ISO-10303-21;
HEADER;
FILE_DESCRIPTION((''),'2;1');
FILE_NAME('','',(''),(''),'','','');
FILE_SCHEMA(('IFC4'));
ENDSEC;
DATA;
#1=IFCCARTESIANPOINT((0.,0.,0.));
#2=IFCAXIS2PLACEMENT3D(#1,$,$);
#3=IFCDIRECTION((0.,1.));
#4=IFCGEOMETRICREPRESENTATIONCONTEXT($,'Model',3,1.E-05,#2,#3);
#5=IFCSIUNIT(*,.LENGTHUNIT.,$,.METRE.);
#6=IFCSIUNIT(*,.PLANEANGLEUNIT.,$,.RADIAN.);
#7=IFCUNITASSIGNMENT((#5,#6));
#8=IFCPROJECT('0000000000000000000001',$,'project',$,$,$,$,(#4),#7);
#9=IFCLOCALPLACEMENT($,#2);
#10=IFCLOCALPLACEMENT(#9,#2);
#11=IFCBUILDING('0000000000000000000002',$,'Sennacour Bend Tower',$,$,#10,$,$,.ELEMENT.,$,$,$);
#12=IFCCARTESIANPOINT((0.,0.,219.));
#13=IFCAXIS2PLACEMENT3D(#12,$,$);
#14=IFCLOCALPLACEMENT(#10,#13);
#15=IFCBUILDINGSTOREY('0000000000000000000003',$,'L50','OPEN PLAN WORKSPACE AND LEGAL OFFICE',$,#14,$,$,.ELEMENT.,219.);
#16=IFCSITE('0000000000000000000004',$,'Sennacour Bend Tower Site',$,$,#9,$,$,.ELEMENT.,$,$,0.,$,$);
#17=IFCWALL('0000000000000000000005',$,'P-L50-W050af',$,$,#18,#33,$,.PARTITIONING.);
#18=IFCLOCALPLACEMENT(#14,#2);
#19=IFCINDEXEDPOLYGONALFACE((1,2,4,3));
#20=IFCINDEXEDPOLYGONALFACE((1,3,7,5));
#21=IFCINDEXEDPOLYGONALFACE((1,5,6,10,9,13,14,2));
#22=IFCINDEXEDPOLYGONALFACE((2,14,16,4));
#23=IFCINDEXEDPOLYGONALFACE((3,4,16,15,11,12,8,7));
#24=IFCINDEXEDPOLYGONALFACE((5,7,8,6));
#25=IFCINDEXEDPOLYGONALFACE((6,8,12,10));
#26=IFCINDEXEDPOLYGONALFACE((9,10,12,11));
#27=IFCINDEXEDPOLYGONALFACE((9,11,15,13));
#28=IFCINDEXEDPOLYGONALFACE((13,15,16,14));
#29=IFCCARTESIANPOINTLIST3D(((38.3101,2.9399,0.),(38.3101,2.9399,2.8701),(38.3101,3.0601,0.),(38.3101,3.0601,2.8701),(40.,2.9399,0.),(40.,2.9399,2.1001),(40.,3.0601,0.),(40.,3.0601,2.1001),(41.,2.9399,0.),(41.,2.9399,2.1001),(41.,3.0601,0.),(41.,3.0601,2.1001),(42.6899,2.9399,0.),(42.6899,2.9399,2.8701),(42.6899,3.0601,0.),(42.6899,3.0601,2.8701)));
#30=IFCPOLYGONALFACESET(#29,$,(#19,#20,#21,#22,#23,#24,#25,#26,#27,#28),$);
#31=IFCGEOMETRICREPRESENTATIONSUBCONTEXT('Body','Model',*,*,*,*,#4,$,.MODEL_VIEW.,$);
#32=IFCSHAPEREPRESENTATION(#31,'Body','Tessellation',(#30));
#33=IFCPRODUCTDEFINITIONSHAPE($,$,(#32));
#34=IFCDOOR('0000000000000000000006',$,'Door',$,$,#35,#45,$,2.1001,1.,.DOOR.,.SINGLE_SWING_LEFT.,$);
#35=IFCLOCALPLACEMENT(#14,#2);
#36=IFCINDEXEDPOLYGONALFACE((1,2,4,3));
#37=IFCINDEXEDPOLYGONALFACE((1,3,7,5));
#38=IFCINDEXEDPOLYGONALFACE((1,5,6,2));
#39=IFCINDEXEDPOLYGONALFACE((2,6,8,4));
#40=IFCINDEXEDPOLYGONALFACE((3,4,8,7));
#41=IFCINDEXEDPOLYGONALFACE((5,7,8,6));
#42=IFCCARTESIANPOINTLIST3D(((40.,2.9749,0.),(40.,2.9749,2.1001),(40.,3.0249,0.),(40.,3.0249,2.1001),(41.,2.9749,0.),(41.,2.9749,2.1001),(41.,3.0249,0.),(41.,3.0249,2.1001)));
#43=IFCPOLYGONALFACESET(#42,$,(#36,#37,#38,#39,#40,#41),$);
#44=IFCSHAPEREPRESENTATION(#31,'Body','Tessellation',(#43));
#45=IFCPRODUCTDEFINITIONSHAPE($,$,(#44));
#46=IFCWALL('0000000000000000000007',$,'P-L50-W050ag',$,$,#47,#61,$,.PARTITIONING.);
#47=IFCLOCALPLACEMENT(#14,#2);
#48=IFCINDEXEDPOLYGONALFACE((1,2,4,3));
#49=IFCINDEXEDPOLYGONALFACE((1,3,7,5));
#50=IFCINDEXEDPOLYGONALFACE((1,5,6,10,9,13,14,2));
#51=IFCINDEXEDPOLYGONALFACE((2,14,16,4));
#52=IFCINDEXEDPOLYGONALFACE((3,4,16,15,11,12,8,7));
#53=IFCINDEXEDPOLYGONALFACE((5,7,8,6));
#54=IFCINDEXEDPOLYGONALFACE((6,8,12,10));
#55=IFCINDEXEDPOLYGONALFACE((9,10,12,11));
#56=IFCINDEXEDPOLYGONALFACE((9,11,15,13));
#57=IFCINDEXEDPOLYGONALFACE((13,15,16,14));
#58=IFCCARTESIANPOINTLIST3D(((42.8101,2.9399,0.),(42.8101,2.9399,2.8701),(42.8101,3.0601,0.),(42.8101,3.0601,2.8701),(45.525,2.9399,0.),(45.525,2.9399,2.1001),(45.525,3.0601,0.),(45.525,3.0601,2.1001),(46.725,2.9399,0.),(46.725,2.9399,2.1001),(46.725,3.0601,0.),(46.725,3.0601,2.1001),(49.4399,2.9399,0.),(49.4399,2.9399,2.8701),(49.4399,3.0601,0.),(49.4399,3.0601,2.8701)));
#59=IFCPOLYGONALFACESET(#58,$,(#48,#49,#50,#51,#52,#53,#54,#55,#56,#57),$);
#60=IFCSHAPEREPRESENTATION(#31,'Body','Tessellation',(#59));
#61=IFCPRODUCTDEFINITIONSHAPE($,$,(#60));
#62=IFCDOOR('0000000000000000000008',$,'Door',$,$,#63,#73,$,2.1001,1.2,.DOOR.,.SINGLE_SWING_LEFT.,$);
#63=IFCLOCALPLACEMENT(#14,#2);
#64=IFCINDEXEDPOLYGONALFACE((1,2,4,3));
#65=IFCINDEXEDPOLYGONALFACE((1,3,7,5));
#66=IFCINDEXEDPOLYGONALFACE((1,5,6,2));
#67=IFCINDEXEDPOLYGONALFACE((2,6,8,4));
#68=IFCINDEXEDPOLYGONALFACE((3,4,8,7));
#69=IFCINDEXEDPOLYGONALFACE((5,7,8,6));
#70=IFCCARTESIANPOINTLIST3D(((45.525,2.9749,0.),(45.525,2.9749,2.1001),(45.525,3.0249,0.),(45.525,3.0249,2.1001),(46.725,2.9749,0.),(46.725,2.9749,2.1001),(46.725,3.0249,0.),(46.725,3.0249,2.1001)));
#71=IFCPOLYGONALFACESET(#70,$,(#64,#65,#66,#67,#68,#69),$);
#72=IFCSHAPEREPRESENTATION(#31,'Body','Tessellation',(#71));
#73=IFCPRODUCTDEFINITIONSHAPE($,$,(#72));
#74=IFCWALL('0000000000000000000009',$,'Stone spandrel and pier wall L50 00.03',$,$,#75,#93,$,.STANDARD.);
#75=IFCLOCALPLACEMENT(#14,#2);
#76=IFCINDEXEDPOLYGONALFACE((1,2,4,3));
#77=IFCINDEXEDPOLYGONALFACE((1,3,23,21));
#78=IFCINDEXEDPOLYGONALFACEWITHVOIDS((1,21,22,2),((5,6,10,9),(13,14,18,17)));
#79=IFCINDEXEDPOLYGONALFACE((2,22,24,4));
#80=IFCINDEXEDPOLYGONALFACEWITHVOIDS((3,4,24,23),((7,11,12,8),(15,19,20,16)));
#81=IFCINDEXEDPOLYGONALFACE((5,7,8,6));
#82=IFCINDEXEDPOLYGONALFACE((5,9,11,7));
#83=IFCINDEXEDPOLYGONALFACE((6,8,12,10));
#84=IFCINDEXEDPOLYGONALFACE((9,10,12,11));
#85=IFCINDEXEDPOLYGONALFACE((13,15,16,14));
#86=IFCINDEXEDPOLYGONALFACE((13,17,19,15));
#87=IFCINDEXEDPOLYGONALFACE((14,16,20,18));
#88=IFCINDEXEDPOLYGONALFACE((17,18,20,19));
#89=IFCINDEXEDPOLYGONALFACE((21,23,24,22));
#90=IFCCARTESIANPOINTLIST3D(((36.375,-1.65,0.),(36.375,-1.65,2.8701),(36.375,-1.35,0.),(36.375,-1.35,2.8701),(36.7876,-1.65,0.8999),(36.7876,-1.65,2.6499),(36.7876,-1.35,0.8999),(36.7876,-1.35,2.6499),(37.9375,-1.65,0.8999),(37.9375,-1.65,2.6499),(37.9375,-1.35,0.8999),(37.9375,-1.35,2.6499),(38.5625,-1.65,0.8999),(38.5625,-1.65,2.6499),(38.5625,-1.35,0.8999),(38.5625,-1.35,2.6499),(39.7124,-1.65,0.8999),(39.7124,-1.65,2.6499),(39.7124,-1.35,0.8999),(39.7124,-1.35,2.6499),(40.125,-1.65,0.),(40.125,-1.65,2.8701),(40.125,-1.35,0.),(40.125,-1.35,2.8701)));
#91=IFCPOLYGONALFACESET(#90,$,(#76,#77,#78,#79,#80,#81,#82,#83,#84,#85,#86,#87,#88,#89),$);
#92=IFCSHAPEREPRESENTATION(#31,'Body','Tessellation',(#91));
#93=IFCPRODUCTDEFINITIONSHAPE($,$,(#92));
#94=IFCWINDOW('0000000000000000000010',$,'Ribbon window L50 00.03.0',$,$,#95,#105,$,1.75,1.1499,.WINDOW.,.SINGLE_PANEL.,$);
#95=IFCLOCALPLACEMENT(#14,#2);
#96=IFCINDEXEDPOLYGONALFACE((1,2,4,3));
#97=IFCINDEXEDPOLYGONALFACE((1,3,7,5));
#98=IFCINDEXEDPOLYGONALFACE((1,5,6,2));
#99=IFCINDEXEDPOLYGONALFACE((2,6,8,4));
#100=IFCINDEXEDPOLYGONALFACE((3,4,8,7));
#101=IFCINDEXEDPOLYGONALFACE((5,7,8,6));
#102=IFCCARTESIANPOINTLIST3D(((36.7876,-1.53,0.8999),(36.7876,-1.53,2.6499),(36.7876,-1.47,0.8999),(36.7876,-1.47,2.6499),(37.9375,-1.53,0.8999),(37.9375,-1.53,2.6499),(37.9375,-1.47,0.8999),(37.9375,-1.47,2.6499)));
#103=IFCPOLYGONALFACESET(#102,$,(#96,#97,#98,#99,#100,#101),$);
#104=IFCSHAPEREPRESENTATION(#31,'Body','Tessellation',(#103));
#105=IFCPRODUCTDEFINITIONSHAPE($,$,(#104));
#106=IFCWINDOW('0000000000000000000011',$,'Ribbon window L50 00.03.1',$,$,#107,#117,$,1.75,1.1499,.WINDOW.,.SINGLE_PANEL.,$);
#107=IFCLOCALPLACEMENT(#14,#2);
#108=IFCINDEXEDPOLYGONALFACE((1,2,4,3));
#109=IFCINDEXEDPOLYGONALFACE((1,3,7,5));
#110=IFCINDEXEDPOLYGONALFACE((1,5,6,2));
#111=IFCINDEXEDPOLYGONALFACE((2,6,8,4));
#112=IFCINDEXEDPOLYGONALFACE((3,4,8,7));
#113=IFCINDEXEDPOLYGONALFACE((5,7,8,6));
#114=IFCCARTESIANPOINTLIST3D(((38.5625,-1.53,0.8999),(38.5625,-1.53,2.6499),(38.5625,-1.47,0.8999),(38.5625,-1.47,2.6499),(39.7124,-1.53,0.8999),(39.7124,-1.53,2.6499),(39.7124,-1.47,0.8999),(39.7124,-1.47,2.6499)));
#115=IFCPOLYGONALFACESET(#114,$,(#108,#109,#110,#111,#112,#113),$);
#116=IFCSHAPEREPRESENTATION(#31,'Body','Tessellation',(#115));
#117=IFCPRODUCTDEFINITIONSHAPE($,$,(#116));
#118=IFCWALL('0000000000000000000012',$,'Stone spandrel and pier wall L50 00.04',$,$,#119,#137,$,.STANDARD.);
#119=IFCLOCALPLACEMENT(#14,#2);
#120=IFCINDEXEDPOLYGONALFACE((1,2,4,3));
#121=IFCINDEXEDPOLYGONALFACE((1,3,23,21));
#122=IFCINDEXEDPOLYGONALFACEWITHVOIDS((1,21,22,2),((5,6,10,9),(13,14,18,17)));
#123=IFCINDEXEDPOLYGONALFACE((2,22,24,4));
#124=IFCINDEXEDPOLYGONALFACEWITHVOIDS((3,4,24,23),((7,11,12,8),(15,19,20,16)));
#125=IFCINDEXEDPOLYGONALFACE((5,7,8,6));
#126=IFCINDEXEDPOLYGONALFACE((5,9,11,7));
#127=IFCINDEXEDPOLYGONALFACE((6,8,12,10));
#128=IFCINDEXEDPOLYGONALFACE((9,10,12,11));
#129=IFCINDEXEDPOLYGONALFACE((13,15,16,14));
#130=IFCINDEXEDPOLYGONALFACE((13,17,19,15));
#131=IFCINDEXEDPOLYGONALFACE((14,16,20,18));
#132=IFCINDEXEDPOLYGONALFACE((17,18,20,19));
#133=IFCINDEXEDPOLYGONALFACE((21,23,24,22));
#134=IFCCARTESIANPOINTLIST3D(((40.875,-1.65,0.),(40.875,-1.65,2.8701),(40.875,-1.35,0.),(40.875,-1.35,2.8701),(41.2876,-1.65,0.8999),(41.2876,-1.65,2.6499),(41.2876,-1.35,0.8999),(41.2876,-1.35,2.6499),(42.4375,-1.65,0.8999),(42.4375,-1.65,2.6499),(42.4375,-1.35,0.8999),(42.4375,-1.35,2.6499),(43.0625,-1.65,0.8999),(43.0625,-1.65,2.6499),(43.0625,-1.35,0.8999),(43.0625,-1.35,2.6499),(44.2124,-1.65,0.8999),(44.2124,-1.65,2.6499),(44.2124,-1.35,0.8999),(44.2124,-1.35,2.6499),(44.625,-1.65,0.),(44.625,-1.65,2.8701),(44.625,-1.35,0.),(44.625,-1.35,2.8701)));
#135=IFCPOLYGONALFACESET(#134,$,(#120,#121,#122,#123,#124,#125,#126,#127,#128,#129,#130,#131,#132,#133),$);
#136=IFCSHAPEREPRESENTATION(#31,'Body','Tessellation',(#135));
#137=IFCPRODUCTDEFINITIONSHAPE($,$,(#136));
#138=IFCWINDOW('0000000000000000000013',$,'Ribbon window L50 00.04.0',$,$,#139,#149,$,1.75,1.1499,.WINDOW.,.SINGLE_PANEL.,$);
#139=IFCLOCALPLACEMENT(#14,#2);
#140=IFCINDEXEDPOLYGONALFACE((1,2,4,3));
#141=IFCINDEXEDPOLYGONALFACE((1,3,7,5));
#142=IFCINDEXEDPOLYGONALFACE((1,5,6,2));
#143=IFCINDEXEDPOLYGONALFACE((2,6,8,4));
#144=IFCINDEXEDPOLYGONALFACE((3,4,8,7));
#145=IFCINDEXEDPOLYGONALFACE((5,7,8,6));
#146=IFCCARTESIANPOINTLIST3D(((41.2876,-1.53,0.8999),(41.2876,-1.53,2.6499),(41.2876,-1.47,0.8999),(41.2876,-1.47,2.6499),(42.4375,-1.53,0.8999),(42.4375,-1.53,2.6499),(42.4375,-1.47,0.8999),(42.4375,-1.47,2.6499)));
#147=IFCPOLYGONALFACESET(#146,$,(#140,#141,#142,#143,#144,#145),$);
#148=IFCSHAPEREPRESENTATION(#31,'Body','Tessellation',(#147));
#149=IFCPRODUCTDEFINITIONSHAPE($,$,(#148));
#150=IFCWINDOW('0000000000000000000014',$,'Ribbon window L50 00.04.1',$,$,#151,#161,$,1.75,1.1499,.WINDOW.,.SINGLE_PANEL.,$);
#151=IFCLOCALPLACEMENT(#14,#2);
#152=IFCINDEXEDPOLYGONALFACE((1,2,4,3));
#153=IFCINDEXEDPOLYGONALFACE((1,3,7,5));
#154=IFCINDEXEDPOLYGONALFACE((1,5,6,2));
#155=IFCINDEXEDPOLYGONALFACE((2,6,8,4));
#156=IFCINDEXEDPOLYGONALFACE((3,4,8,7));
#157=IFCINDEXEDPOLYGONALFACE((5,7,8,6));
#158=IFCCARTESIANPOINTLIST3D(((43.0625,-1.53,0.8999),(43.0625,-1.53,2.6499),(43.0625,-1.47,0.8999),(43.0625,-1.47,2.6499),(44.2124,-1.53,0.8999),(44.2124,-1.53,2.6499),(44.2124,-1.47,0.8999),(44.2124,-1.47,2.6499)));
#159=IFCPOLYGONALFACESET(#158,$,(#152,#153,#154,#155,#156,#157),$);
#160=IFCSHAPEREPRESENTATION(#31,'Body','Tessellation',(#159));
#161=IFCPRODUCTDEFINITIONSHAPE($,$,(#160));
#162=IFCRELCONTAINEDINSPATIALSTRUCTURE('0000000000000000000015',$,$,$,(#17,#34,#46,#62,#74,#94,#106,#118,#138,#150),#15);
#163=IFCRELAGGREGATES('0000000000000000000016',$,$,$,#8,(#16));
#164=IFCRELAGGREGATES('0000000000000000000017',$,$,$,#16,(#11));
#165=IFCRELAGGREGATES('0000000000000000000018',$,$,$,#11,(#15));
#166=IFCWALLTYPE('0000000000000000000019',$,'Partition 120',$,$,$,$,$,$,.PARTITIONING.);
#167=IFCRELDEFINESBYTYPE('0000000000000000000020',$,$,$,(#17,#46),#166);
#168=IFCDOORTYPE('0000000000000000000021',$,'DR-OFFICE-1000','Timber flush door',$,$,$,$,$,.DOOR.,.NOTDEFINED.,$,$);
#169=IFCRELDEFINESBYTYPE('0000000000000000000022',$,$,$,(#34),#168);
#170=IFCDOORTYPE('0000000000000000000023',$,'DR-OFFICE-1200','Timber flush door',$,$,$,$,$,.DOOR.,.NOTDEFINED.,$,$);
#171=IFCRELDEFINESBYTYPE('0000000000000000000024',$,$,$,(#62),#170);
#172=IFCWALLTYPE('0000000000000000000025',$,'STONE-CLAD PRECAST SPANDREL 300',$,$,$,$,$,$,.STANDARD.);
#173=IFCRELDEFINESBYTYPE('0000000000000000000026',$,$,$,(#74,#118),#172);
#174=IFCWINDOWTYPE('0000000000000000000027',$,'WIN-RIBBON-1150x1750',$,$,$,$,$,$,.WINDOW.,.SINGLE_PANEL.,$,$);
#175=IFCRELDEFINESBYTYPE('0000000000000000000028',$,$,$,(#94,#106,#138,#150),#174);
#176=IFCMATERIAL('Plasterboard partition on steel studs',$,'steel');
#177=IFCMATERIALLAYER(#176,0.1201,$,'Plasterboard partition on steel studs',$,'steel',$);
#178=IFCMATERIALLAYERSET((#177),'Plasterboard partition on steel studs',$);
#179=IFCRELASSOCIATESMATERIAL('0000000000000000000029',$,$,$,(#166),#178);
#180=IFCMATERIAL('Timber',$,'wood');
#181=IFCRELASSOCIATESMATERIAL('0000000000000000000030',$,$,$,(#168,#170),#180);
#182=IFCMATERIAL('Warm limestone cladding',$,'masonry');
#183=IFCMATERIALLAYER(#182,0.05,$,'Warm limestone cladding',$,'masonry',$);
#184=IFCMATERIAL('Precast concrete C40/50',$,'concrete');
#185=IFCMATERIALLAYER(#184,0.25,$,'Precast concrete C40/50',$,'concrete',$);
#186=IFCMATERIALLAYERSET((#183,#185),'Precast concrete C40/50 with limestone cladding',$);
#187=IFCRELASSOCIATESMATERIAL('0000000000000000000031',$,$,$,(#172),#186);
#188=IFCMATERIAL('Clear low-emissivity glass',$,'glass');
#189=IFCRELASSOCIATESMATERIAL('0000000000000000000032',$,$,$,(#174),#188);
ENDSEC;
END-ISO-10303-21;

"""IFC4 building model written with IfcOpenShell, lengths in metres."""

from ifc_helpers import new_model, si_unit, direction, frame, frame_2d, origin, place, context, subcontext, project, spatial, rectangle, extrude, material, layer, layer_set, type_object, element, fill, save


model = new_model("IFC4")

# Units and contexts
model_context = context("Model", 3, precision=1e-05, world=origin(), true_north=direction((0.0, 1.0)))
body_context = subcontext(model_context, "Body", "Model", "MODEL_VIEW")
ifc_project = project(units=[si_unit("LENGTHUNIT", "METRE"), si_unit("PLANEANGLEUNIT", "RADIAN")], contexts=[model_context])

# Site, building, storey
site_placement = place(None, origin())
site = spatial("IfcSite", under=ifc_project, at=site_placement, Name="Sennacour Bend Tower Site", CompositionType="ELEMENT", RefElevation=0.0)
building_placement = place(site_placement, origin())
building = spatial("IfcBuilding", under=site, at=building_placement, Name="Sennacour Bend Tower", CompositionType="ELEMENT")
storey_placement = place(building_placement, frame((0.0, 0.0, 219.0)))
storey = spatial("IfcBuildingStorey", under=building, at=storey_placement, Name="L50", Description="OPEN PLAN WORKSPACE AND LEGAL OFFICE", CompositionType="ELEMENT", Elevation=219.0)

# Shared definitions
ifc_material_1 = material(Name="Plasterboard partition on steel studs", Category="steel")
ifc_layer_1 = layer(ifc_material_1, 0.1201, Name="Plasterboard partition on steel studs", Category="steel")
ifc_layer_set_1 = layer_set([ifc_layer_1], Name="Plasterboard partition on steel studs")
wall_type_1 = type_object("IfcWallType", Name="Partition 120", PredefinedType="PARTITIONING", material=ifc_layer_set_1)

# Walls, openings, doors
ifc_material_2 = material(Name="Timber", Category="wood")
door_type_1 = type_object("IfcDoorType", Name="DR-OFFICE-1000", Description="Timber flush door", OperationType="NOTDEFINED", PredefinedType="DOOR", material=ifc_material_2)
wall_1_placement = place(storey_placement, frame((38.3101, 3.0, 0.0), z_axis=(0.0, 0.0, 1.0), x_axis=(1.0, 0.0, 0.0)))
wall_1 = element("IfcWall", 1, at=wall_1_placement, inside=storey, type_object=wall_type_1, Name="P-L50-W050af", PredefinedType="PARTITIONING", context=body_context, shape_type="SweptSolid", body=[
    extrude(rectangle(XDim=4.3799, YDim=0.1201, at=frame_2d((2.1899, 0.0))), origin(), (0.0, 0.0, 1.0), 2.8701),
])
opening_1_placement = place(wall_1_placement, frame((1.6899, 0.0, 0.0)))
opening_1 = element("IfcOpeningElement", 2, at=opening_1_placement, cuts=wall_1, PredefinedType="OPENING", context=body_context, shape_type="SweptSolid", body=[
    extrude(rectangle(XDim=1.0, YDim=2.1001, at=frame_2d((0.5, 1.05))), frame((0.0, 0.0701, 0.0), z_axis=(0.0, -1.0, 0.0), x_axis=(1.0, 0.0, 0.0)), (0.0, 0.0, 1.0), 0.1401),
])
door_1_placement = place(opening_1_placement, origin())
door_1 = element("IfcDoor", 3, at=door_1_placement, inside=storey, type_object=door_type_1, Name="Door", OperationType="SINGLE_SWING_LEFT", OverallHeight=2.1001, OverallWidth=1.0, PredefinedType="DOOR", context=body_context, shape_type="SweptSolid", body=[
    extrude(rectangle(XDim=1.0, YDim=2.1001, at=frame_2d((0.5, 1.05))), frame((0.0, 0.0249, 0.0), z_axis=(0.0, -1.0, 0.0), x_axis=(1.0, 0.0, 0.0)), (0.0, 0.0, 1.0), 0.05),
])
fill(opening_1, door_1)
wall_2_placement = place(storey_placement, frame((42.8101, 3.0, 0.0), z_axis=(0.0, 0.0, 1.0), x_axis=(1.0, 0.0, 0.0)))
wall_2 = element("IfcWall", 4, at=wall_2_placement, inside=storey, type_object=wall_type_1, Name="P-L50-W050ag", PredefinedType="PARTITIONING", context=body_context, shape_type="SweptSolid", body=[
    extrude(rectangle(XDim=6.6299, YDim=0.1201, at=frame_2d((3.3149, 0.0))), origin(), (0.0, 0.0, 1.0), 2.8701),
])
opening_2_placement = place(wall_2_placement, frame((2.7148, 0.0, 0.0)))
opening_2 = element("IfcOpeningElement", 5, at=opening_2_placement, cuts=wall_2, PredefinedType="OPENING", context=body_context, shape_type="SweptSolid", body=[
    extrude(rectangle(XDim=1.2, YDim=2.1001, at=frame_2d((0.6001, 1.05))), frame((0.0, 0.0701, 0.0), z_axis=(0.0, -1.0, 0.0), x_axis=(1.0, 0.0, 0.0)), (0.0, 0.0, 1.0), 0.1401),
])
door_type_2 = type_object("IfcDoorType", Name="DR-OFFICE-1200", Description="Timber flush door", OperationType="NOTDEFINED", PredefinedType="DOOR", material=ifc_material_2)
door_2_placement = place(opening_2_placement, origin())
door_2 = element("IfcDoor", 6, at=door_2_placement, inside=storey, type_object=door_type_2, Name="Door", OperationType="SINGLE_SWING_LEFT", OverallHeight=2.1001, OverallWidth=1.2, PredefinedType="DOOR", context=body_context, shape_type="SweptSolid", body=[
    extrude(rectangle(XDim=1.2, YDim=2.1001, at=frame_2d((0.6001, 1.05))), frame((0.0, 0.0249, 0.0), z_axis=(0.0, -1.0, 0.0), x_axis=(1.0, 0.0, 0.0)), (0.0, 0.0, 1.0), 0.05),
])
fill(opening_2, door_2)

# Walls, openings, windows
ifc_material_3 = material(Name="Warm limestone cladding", Category="masonry")
ifc_layer_2 = layer(ifc_material_3, 0.05, Name="Warm limestone cladding", Category="masonry")
ifc_material_4 = material(Name="Precast concrete C40/50", Category="concrete")
ifc_layer_3 = layer(ifc_material_4, 0.25, Name="Precast concrete C40/50", Category="concrete")
ifc_layer_set_2 = layer_set([ifc_layer_2, ifc_layer_3], Name="Precast concrete C40/50 with limestone cladding")
wall_type_2 = type_object("IfcWallType", Name="STONE-CLAD PRECAST SPANDREL 300", PredefinedType="STANDARD", material=ifc_layer_set_2)
wall_3_placement = place(storey_placement, frame((36.375, -1.5, 0.0), z_axis=(0.0, 0.0, 1.0), x_axis=(1.0, 0.0, 0.0)))
wall_3 = element("IfcWall", 7, at=wall_3_placement, inside=storey, type_object=wall_type_2, Name="Stone spandrel and pier wall L50 00.03", PredefinedType="STANDARD", context=body_context, shape_type="SweptSolid", body=[
    extrude(rectangle(XDim=3.75, YDim=0.3, at=frame_2d((1.875, 0.0))), origin(), (0.0, 0.0, 1.0), 2.8701),
])
opening_3_placement = place(wall_3_placement, frame((0.4126, 0.0, 0.8999)))
opening_3 = element("IfcOpeningElement", 8, at=opening_3_placement, cuts=wall_3, PredefinedType="OPENING", context=body_context, shape_type="SweptSolid", body=[
    extrude(rectangle(XDim=1.1499, YDim=1.75, at=frame_2d((0.575, 0.875))), frame((0.0, 0.1602, 0.0), z_axis=(0.0, -1.0, 0.0), x_axis=(1.0, 0.0, 0.0)), (0.0, 0.0, 1.0), 0.3201),
])
opening_4_placement = place(wall_3_placement, frame((2.1875, 0.0, 0.8999)))
opening_4 = element("IfcOpeningElement", 9, at=opening_4_placement, cuts=wall_3, PredefinedType="OPENING", context=body_context, shape_type="SweptSolid", body=[
    extrude(rectangle(XDim=1.1499, YDim=1.75, at=frame_2d((0.575, 0.875))), frame((0.0, 0.1602, 0.0), z_axis=(0.0, -1.0, 0.0), x_axis=(1.0, 0.0, 0.0)), (0.0, 0.0, 1.0), 0.3201),
])
ifc_material_5 = material(Name="Clear low-emissivity glass", Category="glass")
window_type = type_object("IfcWindowType", Name="WIN-RIBBON-1150x1750", PartitioningType="SINGLE_PANEL", PredefinedType="WINDOW", material=ifc_material_5)
window_1_placement = place(opening_3_placement, origin())
window_1 = element("IfcWindow", 10, at=window_1_placement, inside=storey, type_object=window_type, Name="Ribbon window L50 00.03.0", OverallHeight=1.75, OverallWidth=1.1499, PartitioningType="SINGLE_PANEL", PredefinedType="WINDOW", context=body_context, shape_type="SweptSolid", body=[
    extrude(rectangle(XDim=1.1499, YDim=1.75, at=frame_2d((0.575, 0.875))), frame((0.0, 0.03, 0.0), z_axis=(0.0, -1.0, 0.0), x_axis=(1.0, 0.0, 0.0)), (0.0, 0.0, 1.0), 0.0601),
])
fill(opening_3, window_1)
window_2_placement = place(opening_4_placement, origin())
window_2 = element("IfcWindow", 11, at=window_2_placement, inside=storey, type_object=window_type, Name="Ribbon window L50 00.03.1", OverallHeight=1.75, OverallWidth=1.1499, PartitioningType="SINGLE_PANEL", PredefinedType="WINDOW", context=body_context, shape_type="SweptSolid", body=[
    extrude(rectangle(XDim=1.1499, YDim=1.75, at=frame_2d((0.575, 0.875))), frame((0.0, 0.03, 0.0), z_axis=(0.0, -1.0, 0.0), x_axis=(1.0, 0.0, 0.0)), (0.0, 0.0, 1.0), 0.0601),
])
fill(opening_4, window_2)
wall_4_placement = place(storey_placement, frame((40.875, -1.5, 0.0), z_axis=(0.0, 0.0, 1.0), x_axis=(1.0, 0.0, 0.0)))
wall_4 = element("IfcWall", 12, at=wall_4_placement, inside=storey, type_object=wall_type_2, Name="Stone spandrel and pier wall L50 00.04", PredefinedType="STANDARD", context=body_context, shape_type="SweptSolid", body=[
    extrude(rectangle(XDim=3.75, YDim=0.3, at=frame_2d((1.875, 0.0))), origin(), (0.0, 0.0, 1.0), 2.8701),
])
opening_5_placement = place(wall_4_placement, frame((0.4126, 0.0, 0.8999)))
opening_5 = element("IfcOpeningElement", 13, at=opening_5_placement, cuts=wall_4, PredefinedType="OPENING", context=body_context, shape_type="SweptSolid", body=[
    extrude(rectangle(XDim=1.1499, YDim=1.75, at=frame_2d((0.575, 0.875))), frame((0.0, 0.1602, 0.0), z_axis=(0.0, -1.0, 0.0), x_axis=(1.0, 0.0, 0.0)), (0.0, 0.0, 1.0), 0.3201),
])
opening_6_placement = place(wall_4_placement, frame((2.1875, 0.0, 0.8999)))
opening_6 = element("IfcOpeningElement", 14, at=opening_6_placement, cuts=wall_4, PredefinedType="OPENING", context=body_context, shape_type="SweptSolid", body=[
    extrude(rectangle(XDim=1.1499, YDim=1.75, at=frame_2d((0.575, 0.875))), frame((0.0, 0.1602, 0.0), z_axis=(0.0, -1.0, 0.0), x_axis=(1.0, 0.0, 0.0)), (0.0, 0.0, 1.0), 0.3201),
])
window_3_placement = place(opening_5_placement, origin())
window_3 = element("IfcWindow", 15, at=window_3_placement, inside=storey, type_object=window_type, Name="Ribbon window L50 00.04.0", OverallHeight=1.75, OverallWidth=1.1499, PartitioningType="SINGLE_PANEL", PredefinedType="WINDOW", context=body_context, shape_type="SweptSolid", body=[
    extrude(rectangle(XDim=1.1499, YDim=1.75, at=frame_2d((0.575, 0.875))), frame((0.0, 0.03, 0.0), z_axis=(0.0, -1.0, 0.0), x_axis=(1.0, 0.0, 0.0)), (0.0, 0.0, 1.0), 0.0601),
])
fill(opening_5, window_3)
window_4_placement = place(opening_6_placement, origin())
window_4 = element("IfcWindow", 16, at=window_4_placement, inside=storey, type_object=window_type, Name="Ribbon window L50 00.04.1", OverallHeight=1.75, OverallWidth=1.1499, PartitioningType="SINGLE_PANEL", PredefinedType="WINDOW", context=body_context, shape_type="SweptSolid", body=[
    extrude(rectangle(XDim=1.1499, YDim=1.75, at=frame_2d((0.575, 0.875))), frame((0.0, 0.03, 0.0), z_axis=(0.0, -1.0, 0.0), x_axis=(1.0, 0.0, 0.0)), (0.0, 0.0, 1.0), 0.0601),
])
fill(opening_6, window_4)

save(model, "model.ifc")
